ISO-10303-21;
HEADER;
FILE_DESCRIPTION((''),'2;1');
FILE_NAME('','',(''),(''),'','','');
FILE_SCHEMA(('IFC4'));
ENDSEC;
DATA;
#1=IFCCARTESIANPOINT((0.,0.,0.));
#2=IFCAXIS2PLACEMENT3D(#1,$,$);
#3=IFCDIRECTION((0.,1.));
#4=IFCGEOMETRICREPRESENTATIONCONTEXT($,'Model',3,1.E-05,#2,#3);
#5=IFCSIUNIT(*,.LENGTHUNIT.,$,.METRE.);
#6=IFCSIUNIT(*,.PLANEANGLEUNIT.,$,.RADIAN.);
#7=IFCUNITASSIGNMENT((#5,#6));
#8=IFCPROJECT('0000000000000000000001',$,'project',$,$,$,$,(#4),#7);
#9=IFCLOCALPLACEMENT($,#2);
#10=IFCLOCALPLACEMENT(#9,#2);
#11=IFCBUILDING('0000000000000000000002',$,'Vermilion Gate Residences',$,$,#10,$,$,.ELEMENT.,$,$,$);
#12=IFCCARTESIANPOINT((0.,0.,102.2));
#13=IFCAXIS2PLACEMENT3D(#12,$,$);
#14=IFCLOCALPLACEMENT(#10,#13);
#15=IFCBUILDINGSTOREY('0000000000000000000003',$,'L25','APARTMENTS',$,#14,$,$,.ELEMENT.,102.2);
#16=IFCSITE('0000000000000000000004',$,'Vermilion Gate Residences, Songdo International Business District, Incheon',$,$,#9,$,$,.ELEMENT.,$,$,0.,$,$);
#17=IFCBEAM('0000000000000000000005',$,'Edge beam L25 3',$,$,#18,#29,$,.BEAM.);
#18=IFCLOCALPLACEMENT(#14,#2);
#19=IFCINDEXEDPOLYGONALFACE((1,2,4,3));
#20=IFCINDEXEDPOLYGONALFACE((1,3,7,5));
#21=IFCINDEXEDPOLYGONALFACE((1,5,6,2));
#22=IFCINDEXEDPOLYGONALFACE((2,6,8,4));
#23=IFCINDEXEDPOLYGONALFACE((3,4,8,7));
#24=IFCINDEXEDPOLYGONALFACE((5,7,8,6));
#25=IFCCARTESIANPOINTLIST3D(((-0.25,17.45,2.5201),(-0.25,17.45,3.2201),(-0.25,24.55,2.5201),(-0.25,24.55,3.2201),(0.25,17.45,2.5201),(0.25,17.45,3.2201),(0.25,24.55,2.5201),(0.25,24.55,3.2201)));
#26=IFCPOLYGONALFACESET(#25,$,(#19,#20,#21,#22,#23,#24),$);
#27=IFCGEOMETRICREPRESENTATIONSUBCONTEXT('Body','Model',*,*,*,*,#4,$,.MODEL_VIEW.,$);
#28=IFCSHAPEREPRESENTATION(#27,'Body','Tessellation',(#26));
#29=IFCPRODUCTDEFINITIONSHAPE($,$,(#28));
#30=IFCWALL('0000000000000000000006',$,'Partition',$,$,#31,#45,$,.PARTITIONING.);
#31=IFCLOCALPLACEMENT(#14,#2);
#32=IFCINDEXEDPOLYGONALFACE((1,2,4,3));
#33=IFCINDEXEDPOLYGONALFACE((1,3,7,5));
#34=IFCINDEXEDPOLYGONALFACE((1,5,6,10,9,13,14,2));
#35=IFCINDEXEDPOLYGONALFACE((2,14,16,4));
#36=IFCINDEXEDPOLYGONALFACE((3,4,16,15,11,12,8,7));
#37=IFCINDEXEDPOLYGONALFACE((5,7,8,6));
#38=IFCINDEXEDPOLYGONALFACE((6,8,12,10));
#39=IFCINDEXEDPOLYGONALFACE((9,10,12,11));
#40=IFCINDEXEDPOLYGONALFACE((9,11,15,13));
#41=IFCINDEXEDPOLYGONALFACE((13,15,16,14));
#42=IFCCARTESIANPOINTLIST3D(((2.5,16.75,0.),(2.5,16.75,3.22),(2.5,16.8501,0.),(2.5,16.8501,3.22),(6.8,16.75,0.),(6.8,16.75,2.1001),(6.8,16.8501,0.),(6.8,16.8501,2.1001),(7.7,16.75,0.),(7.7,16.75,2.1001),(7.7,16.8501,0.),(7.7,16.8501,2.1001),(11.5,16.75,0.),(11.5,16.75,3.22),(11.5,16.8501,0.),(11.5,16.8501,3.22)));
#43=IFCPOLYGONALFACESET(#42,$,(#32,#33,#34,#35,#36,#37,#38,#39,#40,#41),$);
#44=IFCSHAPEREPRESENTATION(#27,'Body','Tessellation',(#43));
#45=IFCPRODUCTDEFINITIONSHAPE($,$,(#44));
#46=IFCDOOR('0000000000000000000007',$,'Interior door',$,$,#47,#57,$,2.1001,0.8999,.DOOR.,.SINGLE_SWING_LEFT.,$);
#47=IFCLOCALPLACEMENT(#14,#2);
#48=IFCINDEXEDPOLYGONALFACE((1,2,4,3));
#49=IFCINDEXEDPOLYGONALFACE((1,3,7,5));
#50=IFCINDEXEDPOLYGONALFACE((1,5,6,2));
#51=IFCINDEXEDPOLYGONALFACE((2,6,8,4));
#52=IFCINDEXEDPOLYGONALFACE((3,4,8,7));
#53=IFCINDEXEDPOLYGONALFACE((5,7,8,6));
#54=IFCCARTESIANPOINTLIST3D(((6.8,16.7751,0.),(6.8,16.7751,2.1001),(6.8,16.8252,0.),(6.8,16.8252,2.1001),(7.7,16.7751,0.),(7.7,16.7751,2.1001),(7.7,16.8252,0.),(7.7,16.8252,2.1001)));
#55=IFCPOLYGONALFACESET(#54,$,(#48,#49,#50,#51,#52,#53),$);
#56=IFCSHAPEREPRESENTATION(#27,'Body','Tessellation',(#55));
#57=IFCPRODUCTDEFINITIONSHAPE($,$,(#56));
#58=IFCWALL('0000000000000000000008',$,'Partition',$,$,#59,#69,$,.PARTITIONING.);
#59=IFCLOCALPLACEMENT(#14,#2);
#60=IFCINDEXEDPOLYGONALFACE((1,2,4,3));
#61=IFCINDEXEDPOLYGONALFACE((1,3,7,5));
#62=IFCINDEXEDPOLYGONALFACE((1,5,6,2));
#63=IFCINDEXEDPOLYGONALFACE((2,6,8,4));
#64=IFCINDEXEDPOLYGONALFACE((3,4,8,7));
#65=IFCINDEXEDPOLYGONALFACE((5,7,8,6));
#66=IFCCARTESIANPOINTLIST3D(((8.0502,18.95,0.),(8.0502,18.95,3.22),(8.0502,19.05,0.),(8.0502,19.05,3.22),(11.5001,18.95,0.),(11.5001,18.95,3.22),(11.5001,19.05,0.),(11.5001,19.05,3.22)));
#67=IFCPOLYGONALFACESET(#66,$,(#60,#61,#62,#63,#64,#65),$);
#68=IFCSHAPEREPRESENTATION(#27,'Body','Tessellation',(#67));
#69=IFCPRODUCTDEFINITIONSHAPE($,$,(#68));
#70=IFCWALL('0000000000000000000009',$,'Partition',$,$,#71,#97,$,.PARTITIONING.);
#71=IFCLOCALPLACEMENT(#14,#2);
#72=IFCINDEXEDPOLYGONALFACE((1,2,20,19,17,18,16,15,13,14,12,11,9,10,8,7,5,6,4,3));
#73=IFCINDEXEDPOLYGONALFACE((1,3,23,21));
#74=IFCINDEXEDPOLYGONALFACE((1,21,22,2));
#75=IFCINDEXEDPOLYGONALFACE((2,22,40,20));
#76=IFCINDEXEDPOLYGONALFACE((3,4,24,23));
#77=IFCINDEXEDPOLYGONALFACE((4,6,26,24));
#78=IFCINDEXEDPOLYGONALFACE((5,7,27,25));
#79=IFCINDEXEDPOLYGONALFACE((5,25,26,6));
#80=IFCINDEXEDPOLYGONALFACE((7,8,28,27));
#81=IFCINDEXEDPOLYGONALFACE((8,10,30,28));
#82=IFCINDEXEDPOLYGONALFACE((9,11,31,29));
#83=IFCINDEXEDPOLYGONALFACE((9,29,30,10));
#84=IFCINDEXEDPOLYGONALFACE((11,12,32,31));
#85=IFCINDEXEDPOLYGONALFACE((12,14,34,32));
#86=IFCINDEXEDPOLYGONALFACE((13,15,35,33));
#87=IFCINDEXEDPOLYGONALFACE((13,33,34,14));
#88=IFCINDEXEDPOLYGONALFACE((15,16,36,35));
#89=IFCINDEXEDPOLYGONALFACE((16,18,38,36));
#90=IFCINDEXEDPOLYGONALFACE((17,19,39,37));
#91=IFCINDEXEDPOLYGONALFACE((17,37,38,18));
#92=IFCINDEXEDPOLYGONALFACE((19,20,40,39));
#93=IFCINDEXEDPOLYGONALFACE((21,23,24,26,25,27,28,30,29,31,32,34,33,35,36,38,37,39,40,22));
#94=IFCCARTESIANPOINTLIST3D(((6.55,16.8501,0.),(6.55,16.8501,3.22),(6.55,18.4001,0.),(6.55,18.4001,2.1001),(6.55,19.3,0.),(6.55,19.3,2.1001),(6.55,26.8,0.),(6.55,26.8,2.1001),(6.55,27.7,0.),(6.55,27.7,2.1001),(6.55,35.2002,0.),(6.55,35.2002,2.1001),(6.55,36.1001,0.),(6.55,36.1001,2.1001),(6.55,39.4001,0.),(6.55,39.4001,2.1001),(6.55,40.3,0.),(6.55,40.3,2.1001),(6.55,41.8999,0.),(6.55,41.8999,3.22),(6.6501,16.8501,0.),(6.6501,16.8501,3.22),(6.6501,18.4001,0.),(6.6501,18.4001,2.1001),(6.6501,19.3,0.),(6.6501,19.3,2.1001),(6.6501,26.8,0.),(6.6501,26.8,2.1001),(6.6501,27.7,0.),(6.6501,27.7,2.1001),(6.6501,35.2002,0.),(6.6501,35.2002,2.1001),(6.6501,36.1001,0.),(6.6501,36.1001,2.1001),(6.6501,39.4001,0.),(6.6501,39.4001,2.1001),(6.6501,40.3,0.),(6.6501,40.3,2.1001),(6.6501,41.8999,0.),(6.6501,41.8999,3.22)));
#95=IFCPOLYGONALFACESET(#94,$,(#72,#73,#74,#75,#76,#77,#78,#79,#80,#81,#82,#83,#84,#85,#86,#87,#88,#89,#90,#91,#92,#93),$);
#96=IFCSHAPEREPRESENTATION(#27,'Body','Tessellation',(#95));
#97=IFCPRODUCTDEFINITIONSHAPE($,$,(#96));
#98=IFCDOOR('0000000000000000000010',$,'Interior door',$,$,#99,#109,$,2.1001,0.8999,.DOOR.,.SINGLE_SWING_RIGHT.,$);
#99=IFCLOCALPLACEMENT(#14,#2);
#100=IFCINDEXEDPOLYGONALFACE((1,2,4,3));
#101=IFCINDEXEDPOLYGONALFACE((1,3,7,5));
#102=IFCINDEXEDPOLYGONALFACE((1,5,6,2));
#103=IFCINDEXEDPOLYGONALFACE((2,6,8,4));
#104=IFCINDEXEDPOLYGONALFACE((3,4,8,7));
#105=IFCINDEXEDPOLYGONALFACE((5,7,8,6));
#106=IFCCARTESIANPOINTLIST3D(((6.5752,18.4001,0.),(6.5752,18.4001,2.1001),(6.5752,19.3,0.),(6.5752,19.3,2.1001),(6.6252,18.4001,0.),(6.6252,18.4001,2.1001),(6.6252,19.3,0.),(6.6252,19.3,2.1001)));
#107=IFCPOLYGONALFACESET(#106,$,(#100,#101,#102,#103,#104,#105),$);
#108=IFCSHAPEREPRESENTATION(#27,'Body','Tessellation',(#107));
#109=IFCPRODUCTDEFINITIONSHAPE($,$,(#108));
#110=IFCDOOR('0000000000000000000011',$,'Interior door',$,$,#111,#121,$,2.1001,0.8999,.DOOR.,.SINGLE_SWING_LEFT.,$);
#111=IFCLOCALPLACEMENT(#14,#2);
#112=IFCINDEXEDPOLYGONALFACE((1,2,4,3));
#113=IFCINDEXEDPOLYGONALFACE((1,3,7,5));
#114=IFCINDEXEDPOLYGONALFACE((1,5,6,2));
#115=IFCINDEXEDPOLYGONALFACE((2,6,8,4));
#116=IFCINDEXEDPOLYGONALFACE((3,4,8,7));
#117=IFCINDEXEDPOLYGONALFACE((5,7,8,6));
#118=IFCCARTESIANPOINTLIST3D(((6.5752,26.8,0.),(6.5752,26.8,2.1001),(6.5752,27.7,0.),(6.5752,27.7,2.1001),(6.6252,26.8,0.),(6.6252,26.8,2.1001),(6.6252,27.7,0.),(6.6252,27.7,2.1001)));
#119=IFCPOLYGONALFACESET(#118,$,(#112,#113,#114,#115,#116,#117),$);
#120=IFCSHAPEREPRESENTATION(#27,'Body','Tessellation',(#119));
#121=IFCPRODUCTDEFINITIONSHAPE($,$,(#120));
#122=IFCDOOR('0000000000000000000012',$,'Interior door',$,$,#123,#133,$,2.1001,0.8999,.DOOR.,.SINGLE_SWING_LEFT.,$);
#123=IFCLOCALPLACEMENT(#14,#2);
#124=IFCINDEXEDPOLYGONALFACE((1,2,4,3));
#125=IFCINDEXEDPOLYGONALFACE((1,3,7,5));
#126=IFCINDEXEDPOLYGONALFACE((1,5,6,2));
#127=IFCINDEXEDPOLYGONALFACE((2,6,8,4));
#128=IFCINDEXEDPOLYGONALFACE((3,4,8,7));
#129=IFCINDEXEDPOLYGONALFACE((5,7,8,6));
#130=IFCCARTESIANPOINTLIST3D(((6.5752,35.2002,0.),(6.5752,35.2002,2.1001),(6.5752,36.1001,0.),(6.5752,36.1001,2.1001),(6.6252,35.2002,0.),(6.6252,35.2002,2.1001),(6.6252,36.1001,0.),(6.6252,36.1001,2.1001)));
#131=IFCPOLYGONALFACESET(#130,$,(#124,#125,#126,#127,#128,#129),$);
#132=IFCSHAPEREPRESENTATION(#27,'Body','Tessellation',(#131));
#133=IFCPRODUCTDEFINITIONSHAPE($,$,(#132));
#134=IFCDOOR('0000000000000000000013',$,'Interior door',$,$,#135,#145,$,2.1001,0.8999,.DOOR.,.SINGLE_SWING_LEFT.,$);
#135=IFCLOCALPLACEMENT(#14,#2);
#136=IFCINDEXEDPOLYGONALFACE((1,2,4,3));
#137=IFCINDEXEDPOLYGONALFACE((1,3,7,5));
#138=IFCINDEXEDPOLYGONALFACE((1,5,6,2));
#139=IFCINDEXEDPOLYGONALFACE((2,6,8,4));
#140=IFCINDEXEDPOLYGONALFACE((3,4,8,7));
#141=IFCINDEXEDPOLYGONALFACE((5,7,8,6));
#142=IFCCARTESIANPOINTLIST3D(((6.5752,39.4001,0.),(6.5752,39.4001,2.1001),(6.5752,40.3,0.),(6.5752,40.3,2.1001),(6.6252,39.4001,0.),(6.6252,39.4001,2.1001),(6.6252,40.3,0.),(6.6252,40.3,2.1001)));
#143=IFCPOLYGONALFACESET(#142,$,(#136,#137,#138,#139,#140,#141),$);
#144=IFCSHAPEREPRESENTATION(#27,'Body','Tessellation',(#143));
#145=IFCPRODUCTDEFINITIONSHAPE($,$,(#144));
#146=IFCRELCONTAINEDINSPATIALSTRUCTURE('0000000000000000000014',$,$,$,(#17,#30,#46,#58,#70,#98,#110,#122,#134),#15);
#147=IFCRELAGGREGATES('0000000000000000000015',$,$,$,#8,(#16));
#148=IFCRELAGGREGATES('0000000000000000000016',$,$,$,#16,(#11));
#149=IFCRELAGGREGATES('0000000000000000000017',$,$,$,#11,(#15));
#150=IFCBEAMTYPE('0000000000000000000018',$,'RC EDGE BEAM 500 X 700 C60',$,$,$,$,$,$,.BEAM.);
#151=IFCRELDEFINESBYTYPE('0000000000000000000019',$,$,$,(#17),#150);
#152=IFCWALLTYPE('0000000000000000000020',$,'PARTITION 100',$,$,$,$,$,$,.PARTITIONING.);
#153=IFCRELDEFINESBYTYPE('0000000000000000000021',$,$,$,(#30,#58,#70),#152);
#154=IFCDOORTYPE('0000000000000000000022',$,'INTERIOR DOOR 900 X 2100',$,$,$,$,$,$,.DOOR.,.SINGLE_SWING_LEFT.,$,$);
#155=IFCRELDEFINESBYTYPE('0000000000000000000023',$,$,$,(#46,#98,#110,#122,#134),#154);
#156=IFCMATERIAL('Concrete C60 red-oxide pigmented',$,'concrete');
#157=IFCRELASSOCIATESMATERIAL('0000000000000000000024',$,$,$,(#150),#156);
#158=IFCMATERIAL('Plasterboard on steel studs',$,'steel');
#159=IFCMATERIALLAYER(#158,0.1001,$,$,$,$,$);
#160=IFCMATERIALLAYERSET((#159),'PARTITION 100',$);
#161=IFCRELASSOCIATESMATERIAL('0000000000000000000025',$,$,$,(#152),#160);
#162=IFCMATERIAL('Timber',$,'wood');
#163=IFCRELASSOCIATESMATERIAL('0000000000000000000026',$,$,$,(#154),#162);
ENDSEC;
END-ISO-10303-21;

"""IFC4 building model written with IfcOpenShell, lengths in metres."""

from ifc_helpers import new_model, si_unit, direction, frame, frame_2d, origin, origin_2d, place, context, subcontext, project, spatial, rectangle, extrude, material, layer, layer_set, material_profile, profile_set, type_object, element, fill, save


model = new_model("IFC4")

# Units and contexts
model_context = context("Model", 3, precision=1e-05, world=origin(), true_north=direction((0.0, 1.0)))
body_context = subcontext(model_context, "Body", "Model", "MODEL_VIEW")
ifc_project = project(units=[si_unit("LENGTHUNIT", "METRE"), si_unit("PLANEANGLEUNIT", "RADIAN")], contexts=[model_context])

# Site, building, storey
site_placement = place(None, origin())
site = spatial("IfcSite", under=ifc_project, at=site_placement, Name="Vermilion Gate Residences, Songdo International Business District, Incheon", CompositionType="ELEMENT", RefElevation=0.0)
building_placement = place(site_placement, origin())
building = spatial("IfcBuilding", under=site, at=building_placement, Name="Vermilion Gate Residences", CompositionType="ELEMENT")
storey_placement = place(building_placement, frame((0.0, 0.0, 102.2)))
storey = spatial("IfcBuildingStorey", under=building, at=storey_placement, Name="L25", Description="APARTMENTS", CompositionType="ELEMENT", Elevation=102.2)

# Beam
ifc_material_1 = material(Name="Concrete C60 red-oxide pigmented", Category="concrete")
ifc_material_profile_1 = material_profile(ifc_material_1, rectangle(XDim=0.5, YDim=0.7, at=origin_2d()), Name="RC-500x700")
ifc_profile_set_1 = profile_set([ifc_material_profile_1], Name="Concrete C60 red-oxide pigmented")
beam_type = type_object("IfcBeamType", Name="RC EDGE BEAM 500 X 700 C60", PredefinedType="BEAM", material=ifc_profile_set_1)
beam_placement = place(storey_placement, frame((0.0, 17.45, 2.8701), z_axis=(0.0, 1.0, 0.0), x_axis=(-1.0, 0.0, 0.0)))
element("IfcBeam", 1, at=beam_placement, inside=storey, type_object=beam_type, Name="Edge beam L25 3", PredefinedType="BEAM", context=body_context, shape_type="SweptSolid", body=[
    extrude(rectangle(XDim=0.5, YDim=0.7, at=origin_2d()), origin(), (0.0, 0.0, 1.0), 7.1001),
])

# Wall, opening, door
ifc_material_2 = material(Name="Plasterboard on steel studs", Category="steel")
ifc_layer_1 = layer(ifc_material_2, 0.1001)
ifc_layer_set_1 = layer_set([ifc_layer_1], Name="PARTITION 100")
wall_type_1 = type_object("IfcWallType", Name="PARTITION 100", PredefinedType="PARTITIONING", material=ifc_layer_set_1)
wall_1_placement = place(storey_placement, frame((2.5, 16.8, 0.0), z_axis=(0.0, 0.0, 1.0), x_axis=(1.0, 0.0, 0.0)))
wall_1 = element("IfcWall", 2, at=wall_1_placement, inside=storey, type_object=wall_type_1, Name="Partition", PredefinedType="PARTITIONING", context=body_context, shape_type="SweptSolid", body=[
    extrude(rectangle(XDim=9.0, YDim=0.1001, at=frame_2d((4.5, 0.0))), origin(), (0.0, 0.0, 1.0), 3.22),
])
opening_1_placement = place(wall_1_placement, frame((4.3, 0.0, 0.0)))
opening_1 = element("IfcOpeningElement", 3, at=opening_1_placement, cuts=wall_1, PredefinedType="OPENING", context=body_context, shape_type="SweptSolid", body=[
    extrude(rectangle(XDim=0.8999, YDim=2.1001, at=frame_2d((0.45, 1.05))), frame((0.0, 0.0601, 0.0), z_axis=(0.0, -1.0, 0.0), x_axis=(1.0, 0.0, 0.0)), (0.0, 0.0, 1.0), 0.1201),
])
ifc_material_3 = material(Name="Timber", Category="wood")
door_type = type_object("IfcDoorType", Name="INTERIOR DOOR 900 X 2100", OperationType="SINGLE_SWING_LEFT", PredefinedType="DOOR", material=ifc_material_3)
door_1_placement = place(opening_1_placement, frame((0.8999, 0.0, 0.0), z_axis=(0.0, 0.0, 1.0), x_axis=(-1.0, 0.0, 0.0)))
door_1 = element("IfcDoor", 4, at=door_1_placement, inside=storey, type_object=door_type, Name="Interior door", OperationType="SINGLE_SWING_LEFT", OverallHeight=2.1001, OverallWidth=0.8999, PredefinedType="DOOR", context=body_context, shape_type="SweptSolid", body=[
    extrude(rectangle(XDim=0.8999, YDim=2.1001, at=frame_2d((0.45, 1.05))), frame((0.0, 0.0249, 0.0), z_axis=(0.0, -1.0, 0.0), x_axis=(1.0, 0.0, 0.0)), (0.0, 0.0, 1.0), 0.05),
])
fill(opening_1, door_1)

# Wall
wall_2_placement = place(storey_placement, frame((8.05, 19.0, 0.0), z_axis=(0.0, 0.0, 1.0), x_axis=(1.0, 0.0, 0.0)))
element("IfcWall", 5, at=wall_2_placement, inside=storey, type_object=wall_type_1, Name="Partition", PredefinedType="PARTITIONING", context=body_context, shape_type="SweptSolid", body=[
    extrude(rectangle(XDim=3.45, YDim=0.1001, at=frame_2d((1.7251, 0.0))), origin(), (0.0, 0.0, 1.0), 3.22),
])

# Wall, openings, doors
wall_3_placement = place(storey_placement, frame((6.6001, 16.8501, 0.0), z_axis=(0.0, 0.0, 1.0), x_axis=(0.0, 1.0, 0.0)))
wall_3 = element("IfcWall", 6, at=wall_3_placement, inside=storey, type_object=wall_type_1, Name="Partition", PredefinedType="PARTITIONING", context=body_context, shape_type="SweptSolid", body=[
    extrude(rectangle(XDim=25.0498, YDim=0.1001, at=frame_2d((12.5249, 0.0))), origin(), (0.0, 0.0, 1.0), 3.22),
])
opening_2_placement = place(wall_3_placement, frame((1.55, 0.0, 0.0)))
opening_2 = element("IfcOpeningElement", 7, at=opening_2_placement, cuts=wall_3, PredefinedType="OPENING", context=body_context, shape_type="SweptSolid", body=[
    extrude(rectangle(XDim=0.8999, YDim=2.1001, at=frame_2d((0.45, 1.05))), frame((0.0, 0.0601, 0.0), z_axis=(0.0, -1.0, 0.0), x_axis=(1.0, 0.0, 0.0)), (0.0, 0.0, 1.0), 0.1201),
])
opening_3_placement = place(wall_3_placement, frame((9.95, 0.0, 0.0)))
opening_3 = element("IfcOpeningElement", 8, at=opening_3_placement, cuts=wall_3, PredefinedType="OPENING", context=body_context, shape_type="SweptSolid", body=[
    extrude(rectangle(XDim=0.8999, YDim=2.1001, at=frame_2d((0.45, 1.05))), frame((0.0, 0.0601, 0.0), z_axis=(0.0, -1.0, 0.0), x_axis=(1.0, 0.0, 0.0)), (0.0, 0.0, 1.0), 0.1201),
])
opening_4_placement = place(wall_3_placement, frame((18.3501, 0.0, 0.0)))
opening_4 = element("IfcOpeningElement", 9, at=opening_4_placement, cuts=wall_3, PredefinedType="OPENING", context=body_context, shape_type="SweptSolid", body=[
    extrude(rectangle(XDim=0.8999, YDim=2.1001, at=frame_2d((0.45, 1.05))), frame((0.0, 0.0601, 0.0), z_axis=(0.0, -1.0, 0.0), x_axis=(1.0, 0.0, 0.0)), (0.0, 0.0, 1.0), 0.1201),
])
opening_5_placement = place(wall_3_placement, frame((22.55, 0.0, 0.0)))
opening_5 = element("IfcOpeningElement", 10, at=opening_5_placement, cuts=wall_3, PredefinedType="OPENING", context=body_context, shape_type="SweptSolid", body=[
    extrude(rectangle(XDim=0.8999, YDim=2.1001, at=frame_2d((0.45, 1.05))), frame((0.0, 0.0601, 0.0), z_axis=(0.0, -1.0, 0.0), x_axis=(1.0, 0.0, 0.0)), (0.0, 0.0, 1.0), 0.1201),
])
door_2_placement = place(opening_2_placement, origin())
door_2 = element("IfcDoor", 11, at=door_2_placement, inside=storey, type_object=door_type, Name="Interior door", OperationType="SINGLE_SWING_RIGHT", OverallHeight=2.1001, OverallWidth=0.8999, PredefinedType="DOOR", context=body_context, shape_type="SweptSolid", body=[
    extrude(rectangle(XDim=0.8999, YDim=2.1001, at=frame_2d((0.45, 1.05))), frame((0.0, 0.0249, 0.0), z_axis=(0.0, -1.0, 0.0), x_axis=(1.0, 0.0, 0.0)), (0.0, 0.0, 1.0), 0.05),
])
fill(opening_2, door_2)
door_3_placement = place(opening_3_placement, origin())
door_3 = element("IfcDoor", 12, at=door_3_placement, inside=storey, type_object=door_type, Name="Interior door", OperationType="SINGLE_SWING_LEFT", OverallHeight=2.1001, OverallWidth=0.8999, PredefinedType="DOOR", context=body_context, shape_type="SweptSolid", body=[
    extrude(rectangle(XDim=0.8999, YDim=2.1001, at=frame_2d((0.45, 1.05))), frame((0.0, 0.0249, 0.0), z_axis=(0.0, -1.0, 0.0), x_axis=(1.0, 0.0, 0.0)), (0.0, 0.0, 1.0), 0.05),
])
fill(opening_3, door_3)
door_4_placement = place(opening_4_placement, origin())
door_4 = element("IfcDoor", 13, at=door_4_placement, inside=storey, type_object=door_type, Name="Interior door", OperationType="SINGLE_SWING_LEFT", OverallHeight=2.1001, OverallWidth=0.8999, PredefinedType="DOOR", context=body_context, shape_type="SweptSolid", body=[
    extrude(rectangle(XDim=0.8999, YDim=2.1001, at=frame_2d((0.45, 1.05))), frame((0.0, 0.0249, 0.0), z_axis=(0.0, -1.0, 0.0), x_axis=(1.0, 0.0, 0.0)), (0.0, 0.0, 1.0), 0.05),
])
fill(opening_4, door_4)
door_5_placement = place(opening_5_placement, origin())
door_5 = element("IfcDoor", 14, at=door_5_placement, inside=storey, type_object=door_type, Name="Interior door", OperationType="SINGLE_SWING_LEFT", OverallHeight=2.1001, OverallWidth=0.8999, PredefinedType="DOOR", context=body_context, shape_type="SweptSolid", body=[
    extrude(rectangle(XDim=0.8999, YDim=2.1001, at=frame_2d((0.45, 1.05))), frame((0.0, 0.0249, 0.0), z_axis=(0.0, -1.0, 0.0), x_axis=(1.0, 0.0, 0.0)), (0.0, 0.0, 1.0), 0.05),
])
fill(opening_5, door_5)

save(model, "model.ifc")
